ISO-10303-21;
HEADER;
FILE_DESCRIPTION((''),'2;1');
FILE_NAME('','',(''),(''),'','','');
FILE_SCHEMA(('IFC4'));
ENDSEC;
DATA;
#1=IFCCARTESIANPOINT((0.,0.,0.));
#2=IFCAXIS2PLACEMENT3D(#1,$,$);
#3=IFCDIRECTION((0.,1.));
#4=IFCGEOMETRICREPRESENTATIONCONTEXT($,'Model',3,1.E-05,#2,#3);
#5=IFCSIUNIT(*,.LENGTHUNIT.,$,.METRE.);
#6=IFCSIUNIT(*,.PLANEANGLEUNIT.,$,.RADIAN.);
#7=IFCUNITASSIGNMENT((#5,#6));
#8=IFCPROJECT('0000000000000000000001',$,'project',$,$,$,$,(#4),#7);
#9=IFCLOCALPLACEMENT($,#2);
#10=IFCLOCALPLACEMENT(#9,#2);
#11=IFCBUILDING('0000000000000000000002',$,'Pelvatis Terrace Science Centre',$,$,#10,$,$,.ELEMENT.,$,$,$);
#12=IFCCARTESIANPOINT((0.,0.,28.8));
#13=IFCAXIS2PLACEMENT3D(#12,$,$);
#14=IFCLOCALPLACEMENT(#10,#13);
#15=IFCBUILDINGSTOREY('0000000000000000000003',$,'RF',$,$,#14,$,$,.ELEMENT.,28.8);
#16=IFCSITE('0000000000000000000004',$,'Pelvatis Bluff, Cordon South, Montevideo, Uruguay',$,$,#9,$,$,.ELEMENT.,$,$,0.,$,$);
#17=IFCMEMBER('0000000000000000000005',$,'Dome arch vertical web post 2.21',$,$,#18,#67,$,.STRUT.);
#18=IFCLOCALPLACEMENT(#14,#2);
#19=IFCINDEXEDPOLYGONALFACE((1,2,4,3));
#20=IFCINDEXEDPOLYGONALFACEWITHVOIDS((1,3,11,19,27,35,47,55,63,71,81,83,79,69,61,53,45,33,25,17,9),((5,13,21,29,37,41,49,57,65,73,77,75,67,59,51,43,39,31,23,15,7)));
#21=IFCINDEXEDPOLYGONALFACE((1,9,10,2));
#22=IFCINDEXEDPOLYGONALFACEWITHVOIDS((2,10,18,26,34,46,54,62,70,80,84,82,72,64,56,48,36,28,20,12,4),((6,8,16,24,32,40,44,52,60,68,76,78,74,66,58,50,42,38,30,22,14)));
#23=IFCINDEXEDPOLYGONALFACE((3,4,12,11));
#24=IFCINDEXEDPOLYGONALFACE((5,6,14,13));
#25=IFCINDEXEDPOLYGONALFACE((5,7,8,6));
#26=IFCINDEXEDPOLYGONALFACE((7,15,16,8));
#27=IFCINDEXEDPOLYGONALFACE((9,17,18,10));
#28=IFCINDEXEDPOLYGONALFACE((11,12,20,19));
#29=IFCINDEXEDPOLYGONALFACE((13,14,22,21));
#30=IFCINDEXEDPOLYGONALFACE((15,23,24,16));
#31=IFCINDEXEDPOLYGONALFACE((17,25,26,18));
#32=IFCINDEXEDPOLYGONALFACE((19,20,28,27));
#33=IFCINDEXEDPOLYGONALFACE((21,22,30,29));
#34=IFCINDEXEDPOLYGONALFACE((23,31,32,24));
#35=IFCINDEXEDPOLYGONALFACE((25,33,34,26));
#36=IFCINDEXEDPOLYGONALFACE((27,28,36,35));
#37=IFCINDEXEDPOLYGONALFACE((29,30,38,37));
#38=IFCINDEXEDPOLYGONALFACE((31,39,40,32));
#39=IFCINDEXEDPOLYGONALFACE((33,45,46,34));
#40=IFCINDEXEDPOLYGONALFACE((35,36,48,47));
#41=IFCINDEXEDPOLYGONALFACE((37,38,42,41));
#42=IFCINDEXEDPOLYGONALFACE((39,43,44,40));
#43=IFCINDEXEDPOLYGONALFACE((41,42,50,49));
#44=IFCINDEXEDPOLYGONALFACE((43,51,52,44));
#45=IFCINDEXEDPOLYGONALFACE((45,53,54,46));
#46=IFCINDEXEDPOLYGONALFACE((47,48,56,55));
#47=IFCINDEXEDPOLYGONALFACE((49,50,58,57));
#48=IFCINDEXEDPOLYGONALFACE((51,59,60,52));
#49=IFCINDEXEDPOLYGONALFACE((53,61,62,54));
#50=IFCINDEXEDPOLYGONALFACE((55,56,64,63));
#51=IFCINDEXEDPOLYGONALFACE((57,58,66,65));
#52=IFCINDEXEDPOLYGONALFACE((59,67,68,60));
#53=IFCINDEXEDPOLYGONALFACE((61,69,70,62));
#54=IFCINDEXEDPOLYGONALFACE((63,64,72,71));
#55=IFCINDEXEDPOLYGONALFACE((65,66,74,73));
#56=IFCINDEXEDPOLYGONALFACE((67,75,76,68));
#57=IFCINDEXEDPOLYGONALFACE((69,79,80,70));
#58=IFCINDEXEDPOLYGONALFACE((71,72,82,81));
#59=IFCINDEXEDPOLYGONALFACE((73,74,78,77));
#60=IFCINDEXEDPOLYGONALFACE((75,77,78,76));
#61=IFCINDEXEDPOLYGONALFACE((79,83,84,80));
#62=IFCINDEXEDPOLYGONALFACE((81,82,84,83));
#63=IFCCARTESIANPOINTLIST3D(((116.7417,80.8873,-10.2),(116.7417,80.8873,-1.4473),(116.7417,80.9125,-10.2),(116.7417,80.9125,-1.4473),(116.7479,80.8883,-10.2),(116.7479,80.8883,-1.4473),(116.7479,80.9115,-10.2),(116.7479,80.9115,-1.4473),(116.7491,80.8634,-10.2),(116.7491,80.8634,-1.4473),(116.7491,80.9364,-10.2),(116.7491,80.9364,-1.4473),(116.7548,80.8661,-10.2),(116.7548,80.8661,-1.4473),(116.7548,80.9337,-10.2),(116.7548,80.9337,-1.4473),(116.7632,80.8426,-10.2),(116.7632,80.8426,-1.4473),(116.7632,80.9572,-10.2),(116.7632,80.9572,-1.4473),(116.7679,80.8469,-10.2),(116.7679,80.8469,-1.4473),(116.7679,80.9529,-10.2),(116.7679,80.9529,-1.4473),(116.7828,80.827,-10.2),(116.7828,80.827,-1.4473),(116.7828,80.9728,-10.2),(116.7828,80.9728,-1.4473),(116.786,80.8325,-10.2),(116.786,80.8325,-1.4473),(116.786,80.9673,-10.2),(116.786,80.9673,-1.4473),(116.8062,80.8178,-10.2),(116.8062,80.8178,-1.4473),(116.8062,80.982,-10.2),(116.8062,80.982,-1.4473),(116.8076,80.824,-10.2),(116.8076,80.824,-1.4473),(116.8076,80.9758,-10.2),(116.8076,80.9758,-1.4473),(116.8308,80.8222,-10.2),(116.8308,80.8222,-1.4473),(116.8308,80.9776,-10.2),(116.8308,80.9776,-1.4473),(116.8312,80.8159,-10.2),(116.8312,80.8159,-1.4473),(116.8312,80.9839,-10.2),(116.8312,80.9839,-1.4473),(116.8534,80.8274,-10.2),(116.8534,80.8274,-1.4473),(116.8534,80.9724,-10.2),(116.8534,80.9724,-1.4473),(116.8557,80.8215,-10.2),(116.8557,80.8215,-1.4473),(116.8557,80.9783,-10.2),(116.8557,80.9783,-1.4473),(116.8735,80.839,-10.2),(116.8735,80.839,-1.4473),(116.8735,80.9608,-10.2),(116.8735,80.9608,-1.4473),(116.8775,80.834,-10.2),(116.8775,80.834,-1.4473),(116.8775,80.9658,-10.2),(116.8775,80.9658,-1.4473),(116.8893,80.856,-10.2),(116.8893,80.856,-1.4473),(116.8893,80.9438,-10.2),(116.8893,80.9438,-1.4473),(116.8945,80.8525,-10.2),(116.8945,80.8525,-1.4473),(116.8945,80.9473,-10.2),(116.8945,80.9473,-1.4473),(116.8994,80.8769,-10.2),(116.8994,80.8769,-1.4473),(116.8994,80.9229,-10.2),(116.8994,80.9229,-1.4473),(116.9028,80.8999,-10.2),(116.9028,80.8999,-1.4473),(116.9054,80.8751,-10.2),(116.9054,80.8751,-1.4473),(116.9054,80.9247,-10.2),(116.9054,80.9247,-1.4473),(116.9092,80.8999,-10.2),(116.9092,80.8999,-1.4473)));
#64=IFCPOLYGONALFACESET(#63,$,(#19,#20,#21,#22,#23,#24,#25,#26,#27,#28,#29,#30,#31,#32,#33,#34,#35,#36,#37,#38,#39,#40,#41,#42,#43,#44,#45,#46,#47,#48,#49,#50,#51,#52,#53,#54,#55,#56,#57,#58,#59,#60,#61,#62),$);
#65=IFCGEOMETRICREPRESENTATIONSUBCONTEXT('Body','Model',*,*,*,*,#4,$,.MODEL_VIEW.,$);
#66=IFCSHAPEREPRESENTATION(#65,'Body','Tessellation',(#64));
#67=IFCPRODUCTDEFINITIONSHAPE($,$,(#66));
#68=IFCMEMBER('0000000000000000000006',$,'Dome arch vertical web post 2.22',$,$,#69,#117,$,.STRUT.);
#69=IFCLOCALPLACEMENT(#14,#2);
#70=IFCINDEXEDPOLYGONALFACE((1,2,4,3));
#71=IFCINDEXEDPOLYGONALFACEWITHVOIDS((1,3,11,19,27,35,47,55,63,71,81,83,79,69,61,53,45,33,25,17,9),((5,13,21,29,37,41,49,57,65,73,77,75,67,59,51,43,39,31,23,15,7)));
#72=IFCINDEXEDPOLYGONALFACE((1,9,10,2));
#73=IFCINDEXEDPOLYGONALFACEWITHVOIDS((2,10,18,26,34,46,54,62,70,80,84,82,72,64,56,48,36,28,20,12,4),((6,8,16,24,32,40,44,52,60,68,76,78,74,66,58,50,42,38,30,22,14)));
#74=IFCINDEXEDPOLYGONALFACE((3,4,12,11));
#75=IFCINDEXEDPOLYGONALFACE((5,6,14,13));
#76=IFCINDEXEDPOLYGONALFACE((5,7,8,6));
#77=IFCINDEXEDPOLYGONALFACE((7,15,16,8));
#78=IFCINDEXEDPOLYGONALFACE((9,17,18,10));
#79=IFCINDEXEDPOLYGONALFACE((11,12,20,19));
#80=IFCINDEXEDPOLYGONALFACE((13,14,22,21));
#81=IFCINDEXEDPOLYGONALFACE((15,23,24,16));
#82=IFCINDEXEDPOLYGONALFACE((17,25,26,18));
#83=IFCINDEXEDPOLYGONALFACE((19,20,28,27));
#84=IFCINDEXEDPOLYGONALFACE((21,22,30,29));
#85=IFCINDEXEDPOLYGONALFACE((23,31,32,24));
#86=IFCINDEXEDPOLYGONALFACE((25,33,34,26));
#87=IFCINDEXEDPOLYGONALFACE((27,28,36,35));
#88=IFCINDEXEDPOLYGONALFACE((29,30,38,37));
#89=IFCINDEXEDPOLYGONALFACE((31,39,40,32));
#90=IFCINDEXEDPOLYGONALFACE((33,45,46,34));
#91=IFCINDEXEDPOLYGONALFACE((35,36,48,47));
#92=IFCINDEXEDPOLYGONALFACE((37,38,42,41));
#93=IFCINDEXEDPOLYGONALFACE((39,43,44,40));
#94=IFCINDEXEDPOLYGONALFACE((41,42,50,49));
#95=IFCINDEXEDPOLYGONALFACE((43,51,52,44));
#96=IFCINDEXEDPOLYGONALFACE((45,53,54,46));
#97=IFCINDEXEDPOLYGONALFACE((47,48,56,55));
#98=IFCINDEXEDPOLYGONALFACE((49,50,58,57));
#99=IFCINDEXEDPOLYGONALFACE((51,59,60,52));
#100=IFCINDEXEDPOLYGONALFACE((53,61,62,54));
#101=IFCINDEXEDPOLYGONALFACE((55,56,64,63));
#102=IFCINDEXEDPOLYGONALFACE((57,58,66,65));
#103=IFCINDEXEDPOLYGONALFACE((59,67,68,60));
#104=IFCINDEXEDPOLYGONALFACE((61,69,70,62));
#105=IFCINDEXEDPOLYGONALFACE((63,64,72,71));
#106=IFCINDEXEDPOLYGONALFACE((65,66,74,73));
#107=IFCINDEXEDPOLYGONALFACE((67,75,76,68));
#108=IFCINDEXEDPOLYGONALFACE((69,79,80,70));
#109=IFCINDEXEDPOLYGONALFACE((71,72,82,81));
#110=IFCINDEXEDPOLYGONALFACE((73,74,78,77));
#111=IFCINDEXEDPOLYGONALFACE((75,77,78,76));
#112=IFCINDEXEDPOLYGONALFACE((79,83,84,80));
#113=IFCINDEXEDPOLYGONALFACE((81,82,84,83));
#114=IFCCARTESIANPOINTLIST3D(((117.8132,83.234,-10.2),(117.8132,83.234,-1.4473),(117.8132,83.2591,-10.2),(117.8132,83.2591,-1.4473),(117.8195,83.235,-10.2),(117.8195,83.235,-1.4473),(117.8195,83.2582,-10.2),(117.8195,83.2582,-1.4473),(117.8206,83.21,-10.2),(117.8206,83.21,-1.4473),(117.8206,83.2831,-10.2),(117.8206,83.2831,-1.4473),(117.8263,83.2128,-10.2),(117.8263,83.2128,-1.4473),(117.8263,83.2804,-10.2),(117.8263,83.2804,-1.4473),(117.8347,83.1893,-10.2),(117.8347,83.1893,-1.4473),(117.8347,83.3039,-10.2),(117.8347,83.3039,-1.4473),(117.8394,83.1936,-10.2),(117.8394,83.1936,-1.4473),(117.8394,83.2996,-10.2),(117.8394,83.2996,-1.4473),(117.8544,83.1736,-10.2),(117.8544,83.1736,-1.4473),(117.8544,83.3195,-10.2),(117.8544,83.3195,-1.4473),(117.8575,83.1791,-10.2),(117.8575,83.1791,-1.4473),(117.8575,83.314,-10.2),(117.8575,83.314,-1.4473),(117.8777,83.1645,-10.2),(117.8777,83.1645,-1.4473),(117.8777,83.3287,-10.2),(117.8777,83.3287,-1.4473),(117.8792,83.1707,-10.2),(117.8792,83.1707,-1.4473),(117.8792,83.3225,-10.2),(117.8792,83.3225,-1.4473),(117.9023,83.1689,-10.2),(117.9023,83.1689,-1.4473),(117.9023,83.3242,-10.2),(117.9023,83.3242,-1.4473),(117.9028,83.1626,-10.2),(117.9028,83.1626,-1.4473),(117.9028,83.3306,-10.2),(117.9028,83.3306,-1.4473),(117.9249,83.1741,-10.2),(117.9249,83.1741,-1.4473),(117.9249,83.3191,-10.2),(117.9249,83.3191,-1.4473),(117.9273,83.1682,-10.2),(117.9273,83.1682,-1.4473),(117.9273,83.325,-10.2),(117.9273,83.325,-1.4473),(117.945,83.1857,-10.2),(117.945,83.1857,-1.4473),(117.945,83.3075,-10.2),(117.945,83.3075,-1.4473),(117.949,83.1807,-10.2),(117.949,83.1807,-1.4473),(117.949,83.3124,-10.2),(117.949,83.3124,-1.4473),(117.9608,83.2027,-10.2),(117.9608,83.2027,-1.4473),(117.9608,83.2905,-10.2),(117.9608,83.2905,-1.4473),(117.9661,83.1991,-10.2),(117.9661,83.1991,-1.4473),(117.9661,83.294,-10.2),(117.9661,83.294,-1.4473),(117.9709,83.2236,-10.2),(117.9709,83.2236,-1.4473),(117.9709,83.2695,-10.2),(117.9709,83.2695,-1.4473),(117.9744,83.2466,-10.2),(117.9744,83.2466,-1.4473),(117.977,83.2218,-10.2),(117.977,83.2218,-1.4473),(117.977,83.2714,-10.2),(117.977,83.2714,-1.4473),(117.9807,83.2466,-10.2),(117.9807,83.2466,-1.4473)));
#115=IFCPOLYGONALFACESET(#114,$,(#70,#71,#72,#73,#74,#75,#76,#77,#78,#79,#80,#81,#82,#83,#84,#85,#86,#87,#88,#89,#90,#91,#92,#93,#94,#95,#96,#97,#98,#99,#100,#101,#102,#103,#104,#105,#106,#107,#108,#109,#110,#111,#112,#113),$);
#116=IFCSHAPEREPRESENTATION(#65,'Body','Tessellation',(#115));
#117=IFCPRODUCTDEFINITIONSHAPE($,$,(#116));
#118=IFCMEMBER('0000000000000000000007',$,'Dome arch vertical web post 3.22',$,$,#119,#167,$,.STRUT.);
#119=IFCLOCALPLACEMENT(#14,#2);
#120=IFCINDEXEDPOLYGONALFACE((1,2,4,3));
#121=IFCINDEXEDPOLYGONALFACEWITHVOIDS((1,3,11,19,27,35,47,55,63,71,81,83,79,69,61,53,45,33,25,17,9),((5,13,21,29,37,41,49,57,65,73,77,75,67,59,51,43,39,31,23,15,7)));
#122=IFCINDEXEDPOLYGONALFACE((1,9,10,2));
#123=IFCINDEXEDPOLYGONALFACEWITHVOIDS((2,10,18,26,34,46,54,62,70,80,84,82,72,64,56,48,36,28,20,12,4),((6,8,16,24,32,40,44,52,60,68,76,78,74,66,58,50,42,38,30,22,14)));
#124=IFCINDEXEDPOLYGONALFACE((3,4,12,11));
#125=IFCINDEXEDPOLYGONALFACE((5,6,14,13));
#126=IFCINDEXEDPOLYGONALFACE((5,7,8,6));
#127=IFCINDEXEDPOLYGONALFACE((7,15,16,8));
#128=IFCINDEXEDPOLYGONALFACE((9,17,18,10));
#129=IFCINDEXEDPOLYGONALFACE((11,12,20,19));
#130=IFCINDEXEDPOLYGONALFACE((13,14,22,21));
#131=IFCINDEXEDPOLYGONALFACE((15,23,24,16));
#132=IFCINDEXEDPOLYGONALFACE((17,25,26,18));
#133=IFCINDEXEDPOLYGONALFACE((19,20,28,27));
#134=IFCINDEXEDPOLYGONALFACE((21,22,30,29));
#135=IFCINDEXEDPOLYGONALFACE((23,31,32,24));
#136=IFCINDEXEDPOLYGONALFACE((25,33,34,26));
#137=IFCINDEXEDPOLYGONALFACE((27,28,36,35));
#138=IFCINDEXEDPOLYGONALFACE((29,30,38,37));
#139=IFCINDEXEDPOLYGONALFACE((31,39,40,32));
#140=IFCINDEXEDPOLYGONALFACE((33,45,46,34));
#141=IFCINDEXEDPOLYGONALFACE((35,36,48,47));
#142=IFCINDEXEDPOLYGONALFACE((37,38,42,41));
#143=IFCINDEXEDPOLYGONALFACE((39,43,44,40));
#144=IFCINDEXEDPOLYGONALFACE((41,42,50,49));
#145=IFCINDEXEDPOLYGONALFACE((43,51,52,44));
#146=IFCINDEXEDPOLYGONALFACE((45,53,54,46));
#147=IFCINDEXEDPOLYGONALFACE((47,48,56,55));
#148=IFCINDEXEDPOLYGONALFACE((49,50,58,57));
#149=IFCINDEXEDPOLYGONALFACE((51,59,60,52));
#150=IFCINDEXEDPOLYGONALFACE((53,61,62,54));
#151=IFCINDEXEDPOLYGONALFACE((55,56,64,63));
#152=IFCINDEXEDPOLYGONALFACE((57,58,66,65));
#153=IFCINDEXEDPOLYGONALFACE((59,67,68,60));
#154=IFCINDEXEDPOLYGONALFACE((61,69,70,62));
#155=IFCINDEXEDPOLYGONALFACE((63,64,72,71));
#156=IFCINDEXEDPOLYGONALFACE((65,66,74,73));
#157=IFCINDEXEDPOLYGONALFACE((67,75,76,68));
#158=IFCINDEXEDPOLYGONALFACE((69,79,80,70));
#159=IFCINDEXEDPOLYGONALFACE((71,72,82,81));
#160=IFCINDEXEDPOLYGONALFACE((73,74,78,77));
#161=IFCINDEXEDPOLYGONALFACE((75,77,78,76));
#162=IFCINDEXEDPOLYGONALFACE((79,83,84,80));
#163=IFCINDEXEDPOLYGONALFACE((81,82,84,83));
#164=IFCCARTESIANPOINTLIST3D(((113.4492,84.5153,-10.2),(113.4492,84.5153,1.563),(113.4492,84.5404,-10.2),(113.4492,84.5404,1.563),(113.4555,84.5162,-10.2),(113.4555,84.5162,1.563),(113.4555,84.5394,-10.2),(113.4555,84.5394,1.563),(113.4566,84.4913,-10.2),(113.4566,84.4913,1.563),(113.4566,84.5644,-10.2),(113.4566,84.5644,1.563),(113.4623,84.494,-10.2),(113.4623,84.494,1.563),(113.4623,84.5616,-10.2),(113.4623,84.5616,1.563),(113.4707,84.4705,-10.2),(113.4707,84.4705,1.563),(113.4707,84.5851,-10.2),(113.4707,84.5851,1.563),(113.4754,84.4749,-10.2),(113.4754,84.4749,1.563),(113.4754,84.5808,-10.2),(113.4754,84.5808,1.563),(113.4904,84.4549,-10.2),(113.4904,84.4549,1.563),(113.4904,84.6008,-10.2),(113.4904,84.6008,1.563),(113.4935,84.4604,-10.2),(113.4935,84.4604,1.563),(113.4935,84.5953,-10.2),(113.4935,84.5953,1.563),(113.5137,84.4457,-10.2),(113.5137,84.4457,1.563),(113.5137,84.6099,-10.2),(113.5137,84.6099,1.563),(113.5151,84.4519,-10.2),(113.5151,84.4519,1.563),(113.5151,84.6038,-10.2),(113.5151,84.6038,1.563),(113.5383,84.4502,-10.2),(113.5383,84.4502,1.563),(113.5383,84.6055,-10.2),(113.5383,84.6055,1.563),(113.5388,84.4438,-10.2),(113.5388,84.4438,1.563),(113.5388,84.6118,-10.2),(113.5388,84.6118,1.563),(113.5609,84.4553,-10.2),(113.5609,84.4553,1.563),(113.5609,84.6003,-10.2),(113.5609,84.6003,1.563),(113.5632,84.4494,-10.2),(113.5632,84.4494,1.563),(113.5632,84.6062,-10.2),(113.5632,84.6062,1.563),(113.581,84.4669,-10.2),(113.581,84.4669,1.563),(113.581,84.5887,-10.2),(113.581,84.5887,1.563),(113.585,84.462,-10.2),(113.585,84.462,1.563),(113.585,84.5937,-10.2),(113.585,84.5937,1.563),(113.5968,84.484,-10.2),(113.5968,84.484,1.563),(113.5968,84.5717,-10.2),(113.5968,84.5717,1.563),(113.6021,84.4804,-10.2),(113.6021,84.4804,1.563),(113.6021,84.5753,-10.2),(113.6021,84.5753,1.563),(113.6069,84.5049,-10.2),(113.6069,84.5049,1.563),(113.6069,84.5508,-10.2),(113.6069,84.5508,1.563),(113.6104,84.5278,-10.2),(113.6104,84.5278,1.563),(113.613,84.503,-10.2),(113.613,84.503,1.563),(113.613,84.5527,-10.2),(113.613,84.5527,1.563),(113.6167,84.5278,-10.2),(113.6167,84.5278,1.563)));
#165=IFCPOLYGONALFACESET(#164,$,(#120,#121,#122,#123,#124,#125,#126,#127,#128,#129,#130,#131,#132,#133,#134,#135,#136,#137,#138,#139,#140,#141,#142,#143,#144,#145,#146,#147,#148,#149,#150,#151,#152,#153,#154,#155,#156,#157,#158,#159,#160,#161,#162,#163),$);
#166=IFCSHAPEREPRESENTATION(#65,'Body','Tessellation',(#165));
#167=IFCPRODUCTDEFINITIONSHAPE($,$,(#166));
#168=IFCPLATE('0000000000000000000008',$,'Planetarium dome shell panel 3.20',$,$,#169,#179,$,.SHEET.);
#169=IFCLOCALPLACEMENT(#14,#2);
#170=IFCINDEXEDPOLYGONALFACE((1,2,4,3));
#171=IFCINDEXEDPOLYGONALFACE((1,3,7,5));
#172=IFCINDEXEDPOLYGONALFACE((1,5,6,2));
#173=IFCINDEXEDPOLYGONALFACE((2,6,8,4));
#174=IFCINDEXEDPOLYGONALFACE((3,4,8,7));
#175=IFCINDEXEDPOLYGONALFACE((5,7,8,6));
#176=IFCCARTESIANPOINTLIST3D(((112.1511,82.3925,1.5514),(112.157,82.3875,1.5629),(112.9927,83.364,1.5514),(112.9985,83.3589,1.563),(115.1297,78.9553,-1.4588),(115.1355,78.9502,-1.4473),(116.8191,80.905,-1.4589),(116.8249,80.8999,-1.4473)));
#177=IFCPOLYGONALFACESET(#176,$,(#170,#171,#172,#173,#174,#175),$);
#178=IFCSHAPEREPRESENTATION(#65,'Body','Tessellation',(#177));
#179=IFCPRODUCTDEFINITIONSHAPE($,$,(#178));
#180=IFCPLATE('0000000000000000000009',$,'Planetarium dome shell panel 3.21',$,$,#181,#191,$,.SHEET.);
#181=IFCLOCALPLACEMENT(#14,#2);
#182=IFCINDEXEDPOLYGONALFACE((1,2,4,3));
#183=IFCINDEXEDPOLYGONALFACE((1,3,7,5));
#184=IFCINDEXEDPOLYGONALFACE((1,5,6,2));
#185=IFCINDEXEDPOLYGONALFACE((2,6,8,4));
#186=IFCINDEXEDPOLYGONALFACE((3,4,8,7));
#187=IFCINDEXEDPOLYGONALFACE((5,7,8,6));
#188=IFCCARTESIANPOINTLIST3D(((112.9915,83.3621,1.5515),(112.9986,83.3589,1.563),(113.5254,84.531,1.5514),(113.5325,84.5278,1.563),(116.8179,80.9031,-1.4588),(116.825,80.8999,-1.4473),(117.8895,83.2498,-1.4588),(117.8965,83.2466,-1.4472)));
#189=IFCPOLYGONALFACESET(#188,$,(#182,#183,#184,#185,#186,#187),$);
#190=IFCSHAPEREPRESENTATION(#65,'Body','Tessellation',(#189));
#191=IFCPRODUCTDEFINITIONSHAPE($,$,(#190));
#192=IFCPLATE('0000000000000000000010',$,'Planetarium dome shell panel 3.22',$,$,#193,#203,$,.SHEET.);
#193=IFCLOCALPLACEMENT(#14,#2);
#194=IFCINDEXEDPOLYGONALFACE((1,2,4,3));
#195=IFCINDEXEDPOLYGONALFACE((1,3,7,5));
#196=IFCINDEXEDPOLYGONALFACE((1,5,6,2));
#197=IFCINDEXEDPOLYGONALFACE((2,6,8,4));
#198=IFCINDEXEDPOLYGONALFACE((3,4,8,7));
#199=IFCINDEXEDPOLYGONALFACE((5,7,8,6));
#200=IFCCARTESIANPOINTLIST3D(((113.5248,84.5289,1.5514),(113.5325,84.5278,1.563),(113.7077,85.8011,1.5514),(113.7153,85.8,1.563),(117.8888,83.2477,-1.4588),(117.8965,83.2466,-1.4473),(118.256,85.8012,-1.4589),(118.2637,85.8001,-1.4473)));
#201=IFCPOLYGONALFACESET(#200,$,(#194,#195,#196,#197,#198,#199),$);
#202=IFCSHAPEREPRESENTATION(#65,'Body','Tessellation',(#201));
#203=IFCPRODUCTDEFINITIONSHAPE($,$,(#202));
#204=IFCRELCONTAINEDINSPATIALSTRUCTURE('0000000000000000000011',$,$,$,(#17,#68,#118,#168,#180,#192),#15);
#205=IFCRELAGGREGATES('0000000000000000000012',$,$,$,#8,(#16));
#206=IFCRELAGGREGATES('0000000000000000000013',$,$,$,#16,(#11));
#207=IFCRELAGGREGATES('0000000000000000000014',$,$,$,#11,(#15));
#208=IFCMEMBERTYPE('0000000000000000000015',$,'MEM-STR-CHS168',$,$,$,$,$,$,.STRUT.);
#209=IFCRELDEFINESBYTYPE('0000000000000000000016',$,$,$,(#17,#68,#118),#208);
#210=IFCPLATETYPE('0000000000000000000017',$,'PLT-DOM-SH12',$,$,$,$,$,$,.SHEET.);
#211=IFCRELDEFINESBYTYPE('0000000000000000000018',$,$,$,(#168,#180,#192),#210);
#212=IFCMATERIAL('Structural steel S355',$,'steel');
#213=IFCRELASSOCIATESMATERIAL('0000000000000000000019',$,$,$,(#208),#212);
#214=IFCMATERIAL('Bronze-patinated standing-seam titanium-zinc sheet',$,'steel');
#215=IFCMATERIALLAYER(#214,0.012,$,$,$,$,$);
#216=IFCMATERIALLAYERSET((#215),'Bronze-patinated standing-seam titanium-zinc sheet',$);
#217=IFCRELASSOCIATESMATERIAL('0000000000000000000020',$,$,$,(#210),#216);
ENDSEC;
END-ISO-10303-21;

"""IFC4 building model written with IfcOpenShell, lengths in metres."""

from ifc_helpers import new_model, si_unit, direction, frame, origin, origin_2d, place, context, subcontext, project, spatial, polyline, hollow_circle, outline, extrude, material, layer, layer_set, material_profile, profile_set, type_object, element, save


model = new_model("IFC4")

# Units and contexts
model_context = context("Model", 3, precision=1e-05, world=origin(), true_north=direction((0.0, 1.0)))
body_context = subcontext(model_context, "Body", "Model", "MODEL_VIEW")
ifc_project = project(units=[si_unit("LENGTHUNIT", "METRE"), si_unit("PLANEANGLEUNIT", "RADIAN")], contexts=[model_context])

# Site, building, storey
site_placement = place(None, origin())
site = spatial("IfcSite", under=ifc_project, at=site_placement, Name="Pelvatis Bluff, Cordon South, Montevideo, Uruguay", CompositionType="ELEMENT", RefElevation=0.0)
building_placement = place(site_placement, origin())
building = spatial("IfcBuilding", under=site, at=building_placement, Name="Pelvatis Terrace Science Centre", CompositionType="ELEMENT")
storey_placement = place(building_placement, frame((0.0, 0.0, 28.8)))
storey = spatial("IfcBuildingStorey", under=building, at=storey_placement, Name="RF", CompositionType="ELEMENT", Elevation=28.8)

# Members
ifc_material_1 = material(Name="Structural steel S355", Category="steel")
ifc_material_profile_1 = material_profile(ifc_material_1, hollow_circle(Radius=0.0842, WallThickness=0.0063, at=origin_2d()), Name="CHS 168.3x6.3")
ifc_profile_set_1 = profile_set([ifc_material_profile_1], Name="Structural steel S355")
member_type_1 = type_object("IfcMemberType", Name="MEM-STR-CHS168", PredefinedType="STRUT", material=ifc_profile_set_1)
for number, where, z_axis, x_axis, name in (
    (1, (116.825, 80.8999, -10.2), (0.0, 0.0, 1.0), (1.0, 0.0, 0.0), "Dome arch vertical web post 2.21"),
    (2, (117.8965, 83.2466, -10.2), (0.0, 0.0, 1.0), (1.0, 0.0, 0.0), "Dome arch vertical web post 2.22"),
):
    element("IfcMember", number, at=place(storey_placement, frame(where, z_axis=z_axis, x_axis=x_axis)), inside=storey, type_object=member_type_1, Name=name, PredefinedType="STRUT", context=body_context, shape_type="SweptSolid", body=[
        extrude(hollow_circle(Radius=0.0842, WallThickness=0.0063, at=origin_2d()), origin(), (0.0, 0.0, 1.0), 8.7527),
    ])
member_1_placement = place(storey_placement, frame((113.5325, 84.5278, -10.2), z_axis=(0.0, 0.0, 1.0), x_axis=(1.0, 0.0, 0.0)))
element("IfcMember", 3, at=member_1_placement, inside=storey, type_object=member_type_1, Name="Dome arch vertical web post 3.22", PredefinedType="STRUT", context=body_context, shape_type="SweptSolid", body=[
    extrude(hollow_circle(Radius=0.0842, WallThickness=0.0063, at=origin_2d()), origin(), (0.0, 0.0, 1.0), 11.7629),
])

# Plates
ifc_material_2 = material(Name="Bronze-patinated standing-seam titanium-zinc sheet", Category="steel")
ifc_layer_1 = layer(ifc_material_2, 0.012)
ifc_layer_set_1 = layer_set([ifc_layer_1], Name="Bronze-patinated standing-seam titanium-zinc sheet")
plate_type_1 = type_object("IfcPlateType", Name="PLT-DOM-SH12", PredefinedType="SHEET", material=ifc_layer_set_1)
plate_1_placement = place(storey_placement, frame((115.1355, 78.9502, -1.4473), z_axis=(0.420087, -0.363982, 0.83129), x_axis=(0.654856, 0.755754, -0.000019)))
element("IfcPlate", 4, at=plate_1_placement, inside=storey, type_object=plate_type_1, Name="Planetarium dome shell panel 3.20", PredefinedType="SHEET", context=body_context, shape_type="SweptSolid", body=[
    extrude(outline(polyline([(0.0, 0.0), (2.5798, 0.0), (1.9324, 5.4158), (0.6472, 5.4156), (0.0, 0.0)])), origin(), (0.0, 0.0, -1.0), 0.0139),
])
plate_2_placement = place(storey_placement, frame((116.825, 80.8999, -1.4473), z_axis=(0.505612, -0.230896, 0.83129), x_axis=(0.415375, 0.90965, 0.000019)))
element("IfcPlate", 5, at=plate_2_placement, inside=storey, type_object=plate_type_1, Name="Planetarium dome shell panel 3.21", PredefinedType="SHEET", context=body_context, shape_type="SweptSolid", body=[
    extrude(outline(polyline([(0.0, 0.0), (2.5797, 0.0), (1.9326, 5.4156), (0.6475, 5.4158), (0.0, 0.0)])), origin(), (0.0, 0.0, -1.0), 0.0139),
])
plate_3_placement = place(storey_placement, frame((117.8965, 83.2466, -1.4473), z_axis=(0.550183, -0.079104, 0.831289), x_axis=(0.142329, 0.989819, -0.00001)))
element("IfcPlate", 6, at=plate_3_placement, inside=storey, type_object=plate_type_1, Name="Planetarium dome shell panel 3.22", PredefinedType="SHEET", context=body_context, shape_type="SweptSolid", body=[
    extrude(outline(polyline([(0.0, 0.0), (2.5797, 0.0), (1.9323, 5.4157), (0.6471, 5.4156), (0.0, 0.0)])), origin(), (0.0, 0.0, -1.0), 0.0139),
])

save(model, "model.ifc")
